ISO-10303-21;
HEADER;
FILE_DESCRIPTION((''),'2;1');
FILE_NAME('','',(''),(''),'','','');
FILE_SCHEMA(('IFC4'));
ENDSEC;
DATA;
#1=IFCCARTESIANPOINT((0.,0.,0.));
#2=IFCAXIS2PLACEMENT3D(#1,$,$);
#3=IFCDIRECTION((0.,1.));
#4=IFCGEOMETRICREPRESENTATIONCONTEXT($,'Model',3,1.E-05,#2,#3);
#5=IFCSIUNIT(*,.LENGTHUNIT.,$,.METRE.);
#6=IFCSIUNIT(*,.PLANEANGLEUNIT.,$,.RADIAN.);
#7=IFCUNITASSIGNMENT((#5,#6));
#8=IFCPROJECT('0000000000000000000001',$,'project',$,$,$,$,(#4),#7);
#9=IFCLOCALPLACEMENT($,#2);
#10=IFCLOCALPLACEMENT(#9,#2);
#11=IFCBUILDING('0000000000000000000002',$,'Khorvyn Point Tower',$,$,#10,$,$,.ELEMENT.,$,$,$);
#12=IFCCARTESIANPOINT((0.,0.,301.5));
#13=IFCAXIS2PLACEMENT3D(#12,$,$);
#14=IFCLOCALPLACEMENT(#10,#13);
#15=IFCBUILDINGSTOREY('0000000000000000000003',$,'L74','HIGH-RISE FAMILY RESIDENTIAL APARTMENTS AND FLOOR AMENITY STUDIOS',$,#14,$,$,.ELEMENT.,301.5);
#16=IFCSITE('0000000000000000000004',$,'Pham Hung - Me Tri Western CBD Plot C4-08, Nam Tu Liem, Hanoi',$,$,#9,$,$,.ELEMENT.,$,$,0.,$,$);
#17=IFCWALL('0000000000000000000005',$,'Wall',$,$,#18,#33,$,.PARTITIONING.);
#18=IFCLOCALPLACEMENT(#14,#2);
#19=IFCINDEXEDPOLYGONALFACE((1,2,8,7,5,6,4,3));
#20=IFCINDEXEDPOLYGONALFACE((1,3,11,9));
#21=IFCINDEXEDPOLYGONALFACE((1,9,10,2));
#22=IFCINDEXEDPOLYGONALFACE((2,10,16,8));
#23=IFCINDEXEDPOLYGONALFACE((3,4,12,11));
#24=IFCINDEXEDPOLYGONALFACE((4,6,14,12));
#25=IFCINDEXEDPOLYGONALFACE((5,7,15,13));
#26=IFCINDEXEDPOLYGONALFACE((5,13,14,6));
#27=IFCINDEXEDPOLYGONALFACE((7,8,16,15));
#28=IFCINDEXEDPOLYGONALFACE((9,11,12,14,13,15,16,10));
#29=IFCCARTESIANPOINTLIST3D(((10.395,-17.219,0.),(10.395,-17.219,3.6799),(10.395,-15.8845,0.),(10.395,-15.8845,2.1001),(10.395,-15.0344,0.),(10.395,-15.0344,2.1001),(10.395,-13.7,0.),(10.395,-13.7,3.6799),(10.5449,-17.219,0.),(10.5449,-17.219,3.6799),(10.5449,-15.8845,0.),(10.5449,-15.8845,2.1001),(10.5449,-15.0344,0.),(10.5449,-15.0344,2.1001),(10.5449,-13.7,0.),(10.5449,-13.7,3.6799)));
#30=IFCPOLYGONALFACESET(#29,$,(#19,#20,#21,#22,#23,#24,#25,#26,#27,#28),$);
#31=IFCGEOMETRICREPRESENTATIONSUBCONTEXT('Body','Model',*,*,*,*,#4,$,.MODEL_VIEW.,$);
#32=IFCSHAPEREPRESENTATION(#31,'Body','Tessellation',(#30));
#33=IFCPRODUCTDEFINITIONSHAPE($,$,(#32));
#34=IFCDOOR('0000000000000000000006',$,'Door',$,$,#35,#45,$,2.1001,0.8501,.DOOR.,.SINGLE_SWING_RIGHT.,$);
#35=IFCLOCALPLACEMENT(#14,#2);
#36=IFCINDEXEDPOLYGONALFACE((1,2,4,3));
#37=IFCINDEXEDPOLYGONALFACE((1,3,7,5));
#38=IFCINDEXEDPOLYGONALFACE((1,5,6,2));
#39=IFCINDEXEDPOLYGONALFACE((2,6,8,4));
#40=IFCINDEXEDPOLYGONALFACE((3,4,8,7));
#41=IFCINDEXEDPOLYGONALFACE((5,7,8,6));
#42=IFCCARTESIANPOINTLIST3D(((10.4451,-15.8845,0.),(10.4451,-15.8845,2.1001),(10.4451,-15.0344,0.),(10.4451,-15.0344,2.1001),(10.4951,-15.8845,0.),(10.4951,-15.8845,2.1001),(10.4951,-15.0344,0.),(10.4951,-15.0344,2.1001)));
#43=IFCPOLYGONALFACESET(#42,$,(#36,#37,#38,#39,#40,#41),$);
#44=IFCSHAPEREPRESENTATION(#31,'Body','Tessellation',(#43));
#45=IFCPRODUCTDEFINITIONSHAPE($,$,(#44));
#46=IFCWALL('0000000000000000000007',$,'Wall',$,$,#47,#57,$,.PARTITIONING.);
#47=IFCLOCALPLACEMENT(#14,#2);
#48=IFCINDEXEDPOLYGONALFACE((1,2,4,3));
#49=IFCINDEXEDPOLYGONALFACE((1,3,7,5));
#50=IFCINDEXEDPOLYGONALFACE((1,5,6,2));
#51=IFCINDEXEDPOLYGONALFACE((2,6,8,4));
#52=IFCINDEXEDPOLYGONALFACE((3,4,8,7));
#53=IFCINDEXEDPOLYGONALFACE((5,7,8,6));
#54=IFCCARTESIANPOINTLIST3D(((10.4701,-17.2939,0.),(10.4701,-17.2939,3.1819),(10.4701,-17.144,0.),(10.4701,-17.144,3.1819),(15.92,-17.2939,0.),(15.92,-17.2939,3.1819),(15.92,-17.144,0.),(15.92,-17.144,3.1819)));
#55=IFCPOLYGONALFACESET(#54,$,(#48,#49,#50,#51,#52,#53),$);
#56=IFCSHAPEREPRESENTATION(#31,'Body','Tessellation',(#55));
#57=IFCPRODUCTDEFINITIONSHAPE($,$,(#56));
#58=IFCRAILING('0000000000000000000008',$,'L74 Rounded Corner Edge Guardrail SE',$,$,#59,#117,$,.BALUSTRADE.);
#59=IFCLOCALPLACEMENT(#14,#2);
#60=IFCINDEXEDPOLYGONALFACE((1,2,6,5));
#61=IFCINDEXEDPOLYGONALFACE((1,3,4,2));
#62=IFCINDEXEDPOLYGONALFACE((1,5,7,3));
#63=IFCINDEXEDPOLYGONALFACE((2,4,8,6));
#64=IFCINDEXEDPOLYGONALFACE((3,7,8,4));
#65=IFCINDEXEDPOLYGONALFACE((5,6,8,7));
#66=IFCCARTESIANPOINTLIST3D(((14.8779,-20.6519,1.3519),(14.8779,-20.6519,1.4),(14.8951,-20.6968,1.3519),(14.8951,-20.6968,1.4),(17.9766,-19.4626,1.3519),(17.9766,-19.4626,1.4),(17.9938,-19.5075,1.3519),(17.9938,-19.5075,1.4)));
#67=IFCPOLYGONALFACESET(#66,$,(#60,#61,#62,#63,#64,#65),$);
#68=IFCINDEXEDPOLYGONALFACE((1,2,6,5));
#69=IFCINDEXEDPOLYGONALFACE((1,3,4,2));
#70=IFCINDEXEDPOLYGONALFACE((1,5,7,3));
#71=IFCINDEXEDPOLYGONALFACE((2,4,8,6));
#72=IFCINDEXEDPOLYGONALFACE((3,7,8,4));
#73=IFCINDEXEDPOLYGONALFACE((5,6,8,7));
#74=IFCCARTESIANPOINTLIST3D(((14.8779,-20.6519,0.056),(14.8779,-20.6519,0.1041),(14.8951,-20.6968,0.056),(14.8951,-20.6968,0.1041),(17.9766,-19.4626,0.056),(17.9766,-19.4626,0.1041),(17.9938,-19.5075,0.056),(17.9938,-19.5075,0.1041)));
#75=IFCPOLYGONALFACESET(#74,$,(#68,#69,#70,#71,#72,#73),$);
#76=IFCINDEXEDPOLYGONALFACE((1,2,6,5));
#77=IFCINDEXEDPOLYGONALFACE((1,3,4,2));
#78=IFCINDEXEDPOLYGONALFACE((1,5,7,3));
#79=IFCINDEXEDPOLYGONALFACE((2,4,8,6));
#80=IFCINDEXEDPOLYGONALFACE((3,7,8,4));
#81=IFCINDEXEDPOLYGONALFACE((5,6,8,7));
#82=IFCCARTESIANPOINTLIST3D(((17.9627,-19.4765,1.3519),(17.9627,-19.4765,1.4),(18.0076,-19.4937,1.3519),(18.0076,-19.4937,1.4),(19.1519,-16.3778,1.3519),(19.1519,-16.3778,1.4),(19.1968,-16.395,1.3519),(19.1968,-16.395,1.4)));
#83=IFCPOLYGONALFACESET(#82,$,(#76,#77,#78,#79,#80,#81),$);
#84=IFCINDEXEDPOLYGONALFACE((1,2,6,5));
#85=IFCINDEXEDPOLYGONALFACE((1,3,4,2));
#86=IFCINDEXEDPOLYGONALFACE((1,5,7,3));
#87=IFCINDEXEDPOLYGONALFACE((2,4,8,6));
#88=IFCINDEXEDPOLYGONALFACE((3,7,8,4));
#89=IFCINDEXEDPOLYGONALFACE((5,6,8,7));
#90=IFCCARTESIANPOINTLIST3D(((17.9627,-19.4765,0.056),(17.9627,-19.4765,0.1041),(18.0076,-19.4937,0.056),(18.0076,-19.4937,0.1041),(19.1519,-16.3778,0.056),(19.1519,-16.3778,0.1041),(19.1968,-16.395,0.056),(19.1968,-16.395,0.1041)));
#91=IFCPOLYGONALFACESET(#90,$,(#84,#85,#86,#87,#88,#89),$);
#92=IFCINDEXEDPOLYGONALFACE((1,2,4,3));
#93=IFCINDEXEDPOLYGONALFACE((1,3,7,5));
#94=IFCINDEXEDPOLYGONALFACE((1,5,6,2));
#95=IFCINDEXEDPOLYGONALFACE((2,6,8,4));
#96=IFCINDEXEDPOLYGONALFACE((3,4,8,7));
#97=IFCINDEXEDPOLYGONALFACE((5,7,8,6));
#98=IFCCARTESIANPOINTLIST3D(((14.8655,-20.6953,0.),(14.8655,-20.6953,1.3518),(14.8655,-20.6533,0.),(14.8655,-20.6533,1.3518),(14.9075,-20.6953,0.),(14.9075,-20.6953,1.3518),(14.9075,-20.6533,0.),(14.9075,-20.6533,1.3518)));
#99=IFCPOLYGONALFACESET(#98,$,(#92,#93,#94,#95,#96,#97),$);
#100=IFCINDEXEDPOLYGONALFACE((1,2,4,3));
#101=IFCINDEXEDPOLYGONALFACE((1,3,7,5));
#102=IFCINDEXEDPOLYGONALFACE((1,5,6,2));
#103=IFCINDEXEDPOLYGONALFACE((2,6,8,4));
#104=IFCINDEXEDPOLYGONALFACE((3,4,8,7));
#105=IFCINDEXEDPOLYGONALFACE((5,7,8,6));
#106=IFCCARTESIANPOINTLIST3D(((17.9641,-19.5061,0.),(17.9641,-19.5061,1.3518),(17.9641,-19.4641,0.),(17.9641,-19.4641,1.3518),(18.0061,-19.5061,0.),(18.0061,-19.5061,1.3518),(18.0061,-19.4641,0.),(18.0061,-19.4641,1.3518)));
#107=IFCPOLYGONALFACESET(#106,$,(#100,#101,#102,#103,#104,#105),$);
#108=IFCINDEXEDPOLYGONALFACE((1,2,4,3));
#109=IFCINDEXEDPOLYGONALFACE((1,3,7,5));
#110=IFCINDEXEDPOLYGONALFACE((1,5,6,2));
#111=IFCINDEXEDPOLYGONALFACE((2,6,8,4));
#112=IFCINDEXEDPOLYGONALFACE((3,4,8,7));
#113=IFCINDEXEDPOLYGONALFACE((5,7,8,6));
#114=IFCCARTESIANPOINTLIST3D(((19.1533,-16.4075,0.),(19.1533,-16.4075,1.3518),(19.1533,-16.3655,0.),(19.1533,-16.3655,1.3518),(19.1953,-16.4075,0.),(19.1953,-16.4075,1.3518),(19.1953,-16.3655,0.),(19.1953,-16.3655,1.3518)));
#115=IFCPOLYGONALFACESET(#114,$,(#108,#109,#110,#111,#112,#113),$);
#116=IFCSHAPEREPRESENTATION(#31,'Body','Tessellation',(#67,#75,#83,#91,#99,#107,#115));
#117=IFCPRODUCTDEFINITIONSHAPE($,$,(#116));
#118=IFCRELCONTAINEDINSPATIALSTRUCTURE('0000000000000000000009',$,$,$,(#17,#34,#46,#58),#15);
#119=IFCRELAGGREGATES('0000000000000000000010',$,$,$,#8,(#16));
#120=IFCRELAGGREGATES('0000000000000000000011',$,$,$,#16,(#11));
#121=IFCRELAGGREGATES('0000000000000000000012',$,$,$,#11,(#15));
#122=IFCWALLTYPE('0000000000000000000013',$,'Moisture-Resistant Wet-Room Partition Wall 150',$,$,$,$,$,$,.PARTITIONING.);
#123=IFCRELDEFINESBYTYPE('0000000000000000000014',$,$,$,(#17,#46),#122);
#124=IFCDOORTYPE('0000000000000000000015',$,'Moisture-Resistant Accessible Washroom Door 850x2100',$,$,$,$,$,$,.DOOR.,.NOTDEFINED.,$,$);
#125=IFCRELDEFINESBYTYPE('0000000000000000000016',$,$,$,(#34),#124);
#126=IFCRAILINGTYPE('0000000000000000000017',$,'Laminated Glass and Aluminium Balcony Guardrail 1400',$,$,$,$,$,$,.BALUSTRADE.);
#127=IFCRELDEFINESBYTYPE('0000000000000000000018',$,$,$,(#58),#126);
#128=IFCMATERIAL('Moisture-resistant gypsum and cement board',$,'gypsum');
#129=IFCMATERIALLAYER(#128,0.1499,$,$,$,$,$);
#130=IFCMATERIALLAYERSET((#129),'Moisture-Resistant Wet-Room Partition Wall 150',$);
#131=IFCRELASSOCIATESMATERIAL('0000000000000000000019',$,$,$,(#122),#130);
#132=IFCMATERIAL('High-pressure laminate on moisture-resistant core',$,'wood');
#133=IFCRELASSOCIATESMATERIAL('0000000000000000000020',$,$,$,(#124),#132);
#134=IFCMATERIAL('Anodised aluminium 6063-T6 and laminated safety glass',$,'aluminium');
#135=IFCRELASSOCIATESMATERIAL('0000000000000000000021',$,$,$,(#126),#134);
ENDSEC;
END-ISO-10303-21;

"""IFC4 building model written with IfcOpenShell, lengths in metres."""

from ifc_helpers import new_model, si_unit, direction, frame, frame_2d, origin, origin_2d, place, context, subcontext, project, spatial, rectangle, extrude, material, layer, layer_set, type_object, element, fill, save


model = new_model("IFC4")

# Units and contexts
model_context = context("Model", 3, precision=1e-05, world=origin(), true_north=direction((0.0, 1.0)))
body_context = subcontext(model_context, "Body", "Model", "MODEL_VIEW")
ifc_project = project(units=[si_unit("LENGTHUNIT", "METRE"), si_unit("PLANEANGLEUNIT", "RADIAN")], contexts=[model_context])

# Site, building, storey
site_placement = place(None, origin())
site = spatial("IfcSite", under=ifc_project, at=site_placement, Name="Pham Hung - Me Tri Western CBD Plot C4-08, Nam Tu Liem, Hanoi", CompositionType="ELEMENT", RefElevation=0.0)
building_placement = place(site_placement, origin())
building = spatial("IfcBuilding", under=site, at=building_placement, Name="Khorvyn Point Tower", CompositionType="ELEMENT")
storey_placement = place(building_placement, frame((0.0, 0.0, 301.5)))
storey = spatial("IfcBuildingStorey", under=building, at=storey_placement, Name="L74", Description="HIGH-RISE FAMILY RESIDENTIAL APARTMENTS AND FLOOR AMENITY STUDIOS", CompositionType="ELEMENT", Elevation=301.5)

# Wall, opening, door
ifc_material_1 = material(Name="Moisture-resistant gypsum and cement board", Category="gypsum")
ifc_layer_1 = layer(ifc_material_1, 0.1499)
ifc_layer_set_1 = layer_set([ifc_layer_1], Name="Moisture-Resistant Wet-Room Partition Wall 150")
wall_type_1 = type_object("IfcWallType", Name="Moisture-Resistant Wet-Room Partition Wall 150", PredefinedType="PARTITIONING", material=ifc_layer_set_1)
wall_1_placement = place(storey_placement, frame((10.47, -17.219, 0.0), z_axis=(0.0, 0.0, 1.0), x_axis=(0.0, 1.0, 0.0)))
wall_1 = element("IfcWall", 1, at=wall_1_placement, inside=storey, type_object=wall_type_1, Name="Wall", PredefinedType="PARTITIONING", context=body_context, shape_type="SweptSolid", body=[
    extrude(rectangle(XDim=3.519, YDim=0.1499, at=frame_2d((1.7595, 0.0))), origin(), (0.0, 0.0, 1.0), 3.6799),
])
opening_1_placement = place(wall_1_placement, frame((1.3345, 0.0, 0.0)))
opening_1 = element("IfcOpeningElement", 2, at=opening_1_placement, cuts=wall_1, PredefinedType="OPENING", context=body_context, shape_type="SweptSolid", body=[
    extrude(rectangle(XDim=0.8501, YDim=2.1001, at=frame_2d((0.425, 1.05))), frame((0.0, 0.085, 0.0), z_axis=(0.0, -1.0, 0.0), x_axis=(1.0, 0.0, 0.0)), (0.0, 0.0, 1.0), 0.1699),
])
ifc_material_2 = material(Name="High-pressure laminate on moisture-resistant core", Category="wood")
door_type_1 = type_object("IfcDoorType", Name="Moisture-Resistant Accessible Washroom Door 850x2100", OperationType="NOTDEFINED", PredefinedType="DOOR", material=ifc_material_2)
door_1_placement = place(opening_1_placement, origin())
door_1 = element("IfcDoor", 3, at=door_1_placement, inside=storey, type_object=door_type_1, Name="Door", OperationType="SINGLE_SWING_RIGHT", OverallHeight=2.1001, OverallWidth=0.8501, PredefinedType="DOOR", context=body_context, shape_type="SweptSolid", body=[
    extrude(rectangle(XDim=0.8501, YDim=2.1001, at=frame_2d((0.425, 1.05))), frame((0.0, 0.0249, 0.0), z_axis=(0.0, -1.0, 0.0), x_axis=(1.0, 0.0, 0.0)), (0.0, 0.0, 1.0), 0.05),
])
fill(opening_1, door_1)

# Wall
wall_2_placement = place(storey_placement, frame((10.47, -17.219, 0.0), z_axis=(0.0, 0.0, 1.0), x_axis=(1.0, 0.0, 0.0)))
element("IfcWall", 4, at=wall_2_placement, inside=storey, type_object=wall_type_1, Name="Wall", PredefinedType="PARTITIONING", context=body_context, shape_type="SweptSolid", body=[
    extrude(rectangle(XDim=5.45, YDim=0.1499, at=frame_2d((2.7251, 0.0))), origin(), (0.0, 0.0, 1.0), 3.1819),
])

# Railing
ifc_material_3 = material(Name="Anodised aluminium 6063-T6 and laminated safety glass", Category="aluminium")
railing_type = type_object("IfcRailingType", Name="Laminated Glass and Aluminium Balcony Guardrail 1400", PredefinedType="BALUSTRADE", material=ifc_material_3)
railing_placement = place(storey_placement, frame((14.8865, -20.6743, 0.0)))
element("IfcRailing", 5, at=railing_placement, inside=storey, type_object=railing_type, Name="L74 Rounded Corner Edge Guardrail SE", PredefinedType="BALUSTRADE", context=body_context, shape_type="SweptSolid", body=[
    extrude(rectangle(XDim=0.0481, YDim=0.0481, at=origin_2d()), frame((0.0, 0.0, 1.376), z_axis=(0.933605, 0.358304, 0.0), x_axis=(-0.358304, 0.933605, 0.0)), (0.0, 0.0, 1.0), 3.3191),
    extrude(rectangle(XDim=0.0481, YDim=0.0481, at=origin_2d()), frame((0.0, 0.0, 0.0801), z_axis=(0.933605, 0.358304, 0.0), x_axis=(-0.358304, 0.933605, 0.0)), (0.0, 0.0, 1.0), 3.3191),
    extrude(rectangle(XDim=0.0481, YDim=0.0481, at=origin_2d()), frame((3.0986, 1.1892, 1.376), z_axis=(0.358304, 0.933605, 0.0), x_axis=(-0.933605, 0.358304, 0.0)), (0.0, 0.0, 1.0), 3.3191),
    extrude(rectangle(XDim=0.0481, YDim=0.0481, at=origin_2d()), frame((3.0986, 1.1892, 0.0801), z_axis=(0.358304, 0.933605, 0.0), x_axis=(-0.933605, 0.358304, 0.0)), (0.0, 0.0, 1.0), 3.3191),
    extrude(rectangle(XDim=0.042, YDim=0.042, at=origin_2d()), origin(), (0.0, 0.0, 1.0), 1.3518),
    extrude(rectangle(XDim=0.042, YDim=0.042, at=origin_2d()), frame((3.0986, 1.1892, 0.0)), (0.0, 0.0, 1.0), 1.3518),
    extrude(rectangle(XDim=0.042, YDim=0.042, at=origin_2d()), frame((4.2878, 4.2878, 0.0)), (0.0, 0.0, 1.0), 1.3518),
])

save(model, "model.ifc")
